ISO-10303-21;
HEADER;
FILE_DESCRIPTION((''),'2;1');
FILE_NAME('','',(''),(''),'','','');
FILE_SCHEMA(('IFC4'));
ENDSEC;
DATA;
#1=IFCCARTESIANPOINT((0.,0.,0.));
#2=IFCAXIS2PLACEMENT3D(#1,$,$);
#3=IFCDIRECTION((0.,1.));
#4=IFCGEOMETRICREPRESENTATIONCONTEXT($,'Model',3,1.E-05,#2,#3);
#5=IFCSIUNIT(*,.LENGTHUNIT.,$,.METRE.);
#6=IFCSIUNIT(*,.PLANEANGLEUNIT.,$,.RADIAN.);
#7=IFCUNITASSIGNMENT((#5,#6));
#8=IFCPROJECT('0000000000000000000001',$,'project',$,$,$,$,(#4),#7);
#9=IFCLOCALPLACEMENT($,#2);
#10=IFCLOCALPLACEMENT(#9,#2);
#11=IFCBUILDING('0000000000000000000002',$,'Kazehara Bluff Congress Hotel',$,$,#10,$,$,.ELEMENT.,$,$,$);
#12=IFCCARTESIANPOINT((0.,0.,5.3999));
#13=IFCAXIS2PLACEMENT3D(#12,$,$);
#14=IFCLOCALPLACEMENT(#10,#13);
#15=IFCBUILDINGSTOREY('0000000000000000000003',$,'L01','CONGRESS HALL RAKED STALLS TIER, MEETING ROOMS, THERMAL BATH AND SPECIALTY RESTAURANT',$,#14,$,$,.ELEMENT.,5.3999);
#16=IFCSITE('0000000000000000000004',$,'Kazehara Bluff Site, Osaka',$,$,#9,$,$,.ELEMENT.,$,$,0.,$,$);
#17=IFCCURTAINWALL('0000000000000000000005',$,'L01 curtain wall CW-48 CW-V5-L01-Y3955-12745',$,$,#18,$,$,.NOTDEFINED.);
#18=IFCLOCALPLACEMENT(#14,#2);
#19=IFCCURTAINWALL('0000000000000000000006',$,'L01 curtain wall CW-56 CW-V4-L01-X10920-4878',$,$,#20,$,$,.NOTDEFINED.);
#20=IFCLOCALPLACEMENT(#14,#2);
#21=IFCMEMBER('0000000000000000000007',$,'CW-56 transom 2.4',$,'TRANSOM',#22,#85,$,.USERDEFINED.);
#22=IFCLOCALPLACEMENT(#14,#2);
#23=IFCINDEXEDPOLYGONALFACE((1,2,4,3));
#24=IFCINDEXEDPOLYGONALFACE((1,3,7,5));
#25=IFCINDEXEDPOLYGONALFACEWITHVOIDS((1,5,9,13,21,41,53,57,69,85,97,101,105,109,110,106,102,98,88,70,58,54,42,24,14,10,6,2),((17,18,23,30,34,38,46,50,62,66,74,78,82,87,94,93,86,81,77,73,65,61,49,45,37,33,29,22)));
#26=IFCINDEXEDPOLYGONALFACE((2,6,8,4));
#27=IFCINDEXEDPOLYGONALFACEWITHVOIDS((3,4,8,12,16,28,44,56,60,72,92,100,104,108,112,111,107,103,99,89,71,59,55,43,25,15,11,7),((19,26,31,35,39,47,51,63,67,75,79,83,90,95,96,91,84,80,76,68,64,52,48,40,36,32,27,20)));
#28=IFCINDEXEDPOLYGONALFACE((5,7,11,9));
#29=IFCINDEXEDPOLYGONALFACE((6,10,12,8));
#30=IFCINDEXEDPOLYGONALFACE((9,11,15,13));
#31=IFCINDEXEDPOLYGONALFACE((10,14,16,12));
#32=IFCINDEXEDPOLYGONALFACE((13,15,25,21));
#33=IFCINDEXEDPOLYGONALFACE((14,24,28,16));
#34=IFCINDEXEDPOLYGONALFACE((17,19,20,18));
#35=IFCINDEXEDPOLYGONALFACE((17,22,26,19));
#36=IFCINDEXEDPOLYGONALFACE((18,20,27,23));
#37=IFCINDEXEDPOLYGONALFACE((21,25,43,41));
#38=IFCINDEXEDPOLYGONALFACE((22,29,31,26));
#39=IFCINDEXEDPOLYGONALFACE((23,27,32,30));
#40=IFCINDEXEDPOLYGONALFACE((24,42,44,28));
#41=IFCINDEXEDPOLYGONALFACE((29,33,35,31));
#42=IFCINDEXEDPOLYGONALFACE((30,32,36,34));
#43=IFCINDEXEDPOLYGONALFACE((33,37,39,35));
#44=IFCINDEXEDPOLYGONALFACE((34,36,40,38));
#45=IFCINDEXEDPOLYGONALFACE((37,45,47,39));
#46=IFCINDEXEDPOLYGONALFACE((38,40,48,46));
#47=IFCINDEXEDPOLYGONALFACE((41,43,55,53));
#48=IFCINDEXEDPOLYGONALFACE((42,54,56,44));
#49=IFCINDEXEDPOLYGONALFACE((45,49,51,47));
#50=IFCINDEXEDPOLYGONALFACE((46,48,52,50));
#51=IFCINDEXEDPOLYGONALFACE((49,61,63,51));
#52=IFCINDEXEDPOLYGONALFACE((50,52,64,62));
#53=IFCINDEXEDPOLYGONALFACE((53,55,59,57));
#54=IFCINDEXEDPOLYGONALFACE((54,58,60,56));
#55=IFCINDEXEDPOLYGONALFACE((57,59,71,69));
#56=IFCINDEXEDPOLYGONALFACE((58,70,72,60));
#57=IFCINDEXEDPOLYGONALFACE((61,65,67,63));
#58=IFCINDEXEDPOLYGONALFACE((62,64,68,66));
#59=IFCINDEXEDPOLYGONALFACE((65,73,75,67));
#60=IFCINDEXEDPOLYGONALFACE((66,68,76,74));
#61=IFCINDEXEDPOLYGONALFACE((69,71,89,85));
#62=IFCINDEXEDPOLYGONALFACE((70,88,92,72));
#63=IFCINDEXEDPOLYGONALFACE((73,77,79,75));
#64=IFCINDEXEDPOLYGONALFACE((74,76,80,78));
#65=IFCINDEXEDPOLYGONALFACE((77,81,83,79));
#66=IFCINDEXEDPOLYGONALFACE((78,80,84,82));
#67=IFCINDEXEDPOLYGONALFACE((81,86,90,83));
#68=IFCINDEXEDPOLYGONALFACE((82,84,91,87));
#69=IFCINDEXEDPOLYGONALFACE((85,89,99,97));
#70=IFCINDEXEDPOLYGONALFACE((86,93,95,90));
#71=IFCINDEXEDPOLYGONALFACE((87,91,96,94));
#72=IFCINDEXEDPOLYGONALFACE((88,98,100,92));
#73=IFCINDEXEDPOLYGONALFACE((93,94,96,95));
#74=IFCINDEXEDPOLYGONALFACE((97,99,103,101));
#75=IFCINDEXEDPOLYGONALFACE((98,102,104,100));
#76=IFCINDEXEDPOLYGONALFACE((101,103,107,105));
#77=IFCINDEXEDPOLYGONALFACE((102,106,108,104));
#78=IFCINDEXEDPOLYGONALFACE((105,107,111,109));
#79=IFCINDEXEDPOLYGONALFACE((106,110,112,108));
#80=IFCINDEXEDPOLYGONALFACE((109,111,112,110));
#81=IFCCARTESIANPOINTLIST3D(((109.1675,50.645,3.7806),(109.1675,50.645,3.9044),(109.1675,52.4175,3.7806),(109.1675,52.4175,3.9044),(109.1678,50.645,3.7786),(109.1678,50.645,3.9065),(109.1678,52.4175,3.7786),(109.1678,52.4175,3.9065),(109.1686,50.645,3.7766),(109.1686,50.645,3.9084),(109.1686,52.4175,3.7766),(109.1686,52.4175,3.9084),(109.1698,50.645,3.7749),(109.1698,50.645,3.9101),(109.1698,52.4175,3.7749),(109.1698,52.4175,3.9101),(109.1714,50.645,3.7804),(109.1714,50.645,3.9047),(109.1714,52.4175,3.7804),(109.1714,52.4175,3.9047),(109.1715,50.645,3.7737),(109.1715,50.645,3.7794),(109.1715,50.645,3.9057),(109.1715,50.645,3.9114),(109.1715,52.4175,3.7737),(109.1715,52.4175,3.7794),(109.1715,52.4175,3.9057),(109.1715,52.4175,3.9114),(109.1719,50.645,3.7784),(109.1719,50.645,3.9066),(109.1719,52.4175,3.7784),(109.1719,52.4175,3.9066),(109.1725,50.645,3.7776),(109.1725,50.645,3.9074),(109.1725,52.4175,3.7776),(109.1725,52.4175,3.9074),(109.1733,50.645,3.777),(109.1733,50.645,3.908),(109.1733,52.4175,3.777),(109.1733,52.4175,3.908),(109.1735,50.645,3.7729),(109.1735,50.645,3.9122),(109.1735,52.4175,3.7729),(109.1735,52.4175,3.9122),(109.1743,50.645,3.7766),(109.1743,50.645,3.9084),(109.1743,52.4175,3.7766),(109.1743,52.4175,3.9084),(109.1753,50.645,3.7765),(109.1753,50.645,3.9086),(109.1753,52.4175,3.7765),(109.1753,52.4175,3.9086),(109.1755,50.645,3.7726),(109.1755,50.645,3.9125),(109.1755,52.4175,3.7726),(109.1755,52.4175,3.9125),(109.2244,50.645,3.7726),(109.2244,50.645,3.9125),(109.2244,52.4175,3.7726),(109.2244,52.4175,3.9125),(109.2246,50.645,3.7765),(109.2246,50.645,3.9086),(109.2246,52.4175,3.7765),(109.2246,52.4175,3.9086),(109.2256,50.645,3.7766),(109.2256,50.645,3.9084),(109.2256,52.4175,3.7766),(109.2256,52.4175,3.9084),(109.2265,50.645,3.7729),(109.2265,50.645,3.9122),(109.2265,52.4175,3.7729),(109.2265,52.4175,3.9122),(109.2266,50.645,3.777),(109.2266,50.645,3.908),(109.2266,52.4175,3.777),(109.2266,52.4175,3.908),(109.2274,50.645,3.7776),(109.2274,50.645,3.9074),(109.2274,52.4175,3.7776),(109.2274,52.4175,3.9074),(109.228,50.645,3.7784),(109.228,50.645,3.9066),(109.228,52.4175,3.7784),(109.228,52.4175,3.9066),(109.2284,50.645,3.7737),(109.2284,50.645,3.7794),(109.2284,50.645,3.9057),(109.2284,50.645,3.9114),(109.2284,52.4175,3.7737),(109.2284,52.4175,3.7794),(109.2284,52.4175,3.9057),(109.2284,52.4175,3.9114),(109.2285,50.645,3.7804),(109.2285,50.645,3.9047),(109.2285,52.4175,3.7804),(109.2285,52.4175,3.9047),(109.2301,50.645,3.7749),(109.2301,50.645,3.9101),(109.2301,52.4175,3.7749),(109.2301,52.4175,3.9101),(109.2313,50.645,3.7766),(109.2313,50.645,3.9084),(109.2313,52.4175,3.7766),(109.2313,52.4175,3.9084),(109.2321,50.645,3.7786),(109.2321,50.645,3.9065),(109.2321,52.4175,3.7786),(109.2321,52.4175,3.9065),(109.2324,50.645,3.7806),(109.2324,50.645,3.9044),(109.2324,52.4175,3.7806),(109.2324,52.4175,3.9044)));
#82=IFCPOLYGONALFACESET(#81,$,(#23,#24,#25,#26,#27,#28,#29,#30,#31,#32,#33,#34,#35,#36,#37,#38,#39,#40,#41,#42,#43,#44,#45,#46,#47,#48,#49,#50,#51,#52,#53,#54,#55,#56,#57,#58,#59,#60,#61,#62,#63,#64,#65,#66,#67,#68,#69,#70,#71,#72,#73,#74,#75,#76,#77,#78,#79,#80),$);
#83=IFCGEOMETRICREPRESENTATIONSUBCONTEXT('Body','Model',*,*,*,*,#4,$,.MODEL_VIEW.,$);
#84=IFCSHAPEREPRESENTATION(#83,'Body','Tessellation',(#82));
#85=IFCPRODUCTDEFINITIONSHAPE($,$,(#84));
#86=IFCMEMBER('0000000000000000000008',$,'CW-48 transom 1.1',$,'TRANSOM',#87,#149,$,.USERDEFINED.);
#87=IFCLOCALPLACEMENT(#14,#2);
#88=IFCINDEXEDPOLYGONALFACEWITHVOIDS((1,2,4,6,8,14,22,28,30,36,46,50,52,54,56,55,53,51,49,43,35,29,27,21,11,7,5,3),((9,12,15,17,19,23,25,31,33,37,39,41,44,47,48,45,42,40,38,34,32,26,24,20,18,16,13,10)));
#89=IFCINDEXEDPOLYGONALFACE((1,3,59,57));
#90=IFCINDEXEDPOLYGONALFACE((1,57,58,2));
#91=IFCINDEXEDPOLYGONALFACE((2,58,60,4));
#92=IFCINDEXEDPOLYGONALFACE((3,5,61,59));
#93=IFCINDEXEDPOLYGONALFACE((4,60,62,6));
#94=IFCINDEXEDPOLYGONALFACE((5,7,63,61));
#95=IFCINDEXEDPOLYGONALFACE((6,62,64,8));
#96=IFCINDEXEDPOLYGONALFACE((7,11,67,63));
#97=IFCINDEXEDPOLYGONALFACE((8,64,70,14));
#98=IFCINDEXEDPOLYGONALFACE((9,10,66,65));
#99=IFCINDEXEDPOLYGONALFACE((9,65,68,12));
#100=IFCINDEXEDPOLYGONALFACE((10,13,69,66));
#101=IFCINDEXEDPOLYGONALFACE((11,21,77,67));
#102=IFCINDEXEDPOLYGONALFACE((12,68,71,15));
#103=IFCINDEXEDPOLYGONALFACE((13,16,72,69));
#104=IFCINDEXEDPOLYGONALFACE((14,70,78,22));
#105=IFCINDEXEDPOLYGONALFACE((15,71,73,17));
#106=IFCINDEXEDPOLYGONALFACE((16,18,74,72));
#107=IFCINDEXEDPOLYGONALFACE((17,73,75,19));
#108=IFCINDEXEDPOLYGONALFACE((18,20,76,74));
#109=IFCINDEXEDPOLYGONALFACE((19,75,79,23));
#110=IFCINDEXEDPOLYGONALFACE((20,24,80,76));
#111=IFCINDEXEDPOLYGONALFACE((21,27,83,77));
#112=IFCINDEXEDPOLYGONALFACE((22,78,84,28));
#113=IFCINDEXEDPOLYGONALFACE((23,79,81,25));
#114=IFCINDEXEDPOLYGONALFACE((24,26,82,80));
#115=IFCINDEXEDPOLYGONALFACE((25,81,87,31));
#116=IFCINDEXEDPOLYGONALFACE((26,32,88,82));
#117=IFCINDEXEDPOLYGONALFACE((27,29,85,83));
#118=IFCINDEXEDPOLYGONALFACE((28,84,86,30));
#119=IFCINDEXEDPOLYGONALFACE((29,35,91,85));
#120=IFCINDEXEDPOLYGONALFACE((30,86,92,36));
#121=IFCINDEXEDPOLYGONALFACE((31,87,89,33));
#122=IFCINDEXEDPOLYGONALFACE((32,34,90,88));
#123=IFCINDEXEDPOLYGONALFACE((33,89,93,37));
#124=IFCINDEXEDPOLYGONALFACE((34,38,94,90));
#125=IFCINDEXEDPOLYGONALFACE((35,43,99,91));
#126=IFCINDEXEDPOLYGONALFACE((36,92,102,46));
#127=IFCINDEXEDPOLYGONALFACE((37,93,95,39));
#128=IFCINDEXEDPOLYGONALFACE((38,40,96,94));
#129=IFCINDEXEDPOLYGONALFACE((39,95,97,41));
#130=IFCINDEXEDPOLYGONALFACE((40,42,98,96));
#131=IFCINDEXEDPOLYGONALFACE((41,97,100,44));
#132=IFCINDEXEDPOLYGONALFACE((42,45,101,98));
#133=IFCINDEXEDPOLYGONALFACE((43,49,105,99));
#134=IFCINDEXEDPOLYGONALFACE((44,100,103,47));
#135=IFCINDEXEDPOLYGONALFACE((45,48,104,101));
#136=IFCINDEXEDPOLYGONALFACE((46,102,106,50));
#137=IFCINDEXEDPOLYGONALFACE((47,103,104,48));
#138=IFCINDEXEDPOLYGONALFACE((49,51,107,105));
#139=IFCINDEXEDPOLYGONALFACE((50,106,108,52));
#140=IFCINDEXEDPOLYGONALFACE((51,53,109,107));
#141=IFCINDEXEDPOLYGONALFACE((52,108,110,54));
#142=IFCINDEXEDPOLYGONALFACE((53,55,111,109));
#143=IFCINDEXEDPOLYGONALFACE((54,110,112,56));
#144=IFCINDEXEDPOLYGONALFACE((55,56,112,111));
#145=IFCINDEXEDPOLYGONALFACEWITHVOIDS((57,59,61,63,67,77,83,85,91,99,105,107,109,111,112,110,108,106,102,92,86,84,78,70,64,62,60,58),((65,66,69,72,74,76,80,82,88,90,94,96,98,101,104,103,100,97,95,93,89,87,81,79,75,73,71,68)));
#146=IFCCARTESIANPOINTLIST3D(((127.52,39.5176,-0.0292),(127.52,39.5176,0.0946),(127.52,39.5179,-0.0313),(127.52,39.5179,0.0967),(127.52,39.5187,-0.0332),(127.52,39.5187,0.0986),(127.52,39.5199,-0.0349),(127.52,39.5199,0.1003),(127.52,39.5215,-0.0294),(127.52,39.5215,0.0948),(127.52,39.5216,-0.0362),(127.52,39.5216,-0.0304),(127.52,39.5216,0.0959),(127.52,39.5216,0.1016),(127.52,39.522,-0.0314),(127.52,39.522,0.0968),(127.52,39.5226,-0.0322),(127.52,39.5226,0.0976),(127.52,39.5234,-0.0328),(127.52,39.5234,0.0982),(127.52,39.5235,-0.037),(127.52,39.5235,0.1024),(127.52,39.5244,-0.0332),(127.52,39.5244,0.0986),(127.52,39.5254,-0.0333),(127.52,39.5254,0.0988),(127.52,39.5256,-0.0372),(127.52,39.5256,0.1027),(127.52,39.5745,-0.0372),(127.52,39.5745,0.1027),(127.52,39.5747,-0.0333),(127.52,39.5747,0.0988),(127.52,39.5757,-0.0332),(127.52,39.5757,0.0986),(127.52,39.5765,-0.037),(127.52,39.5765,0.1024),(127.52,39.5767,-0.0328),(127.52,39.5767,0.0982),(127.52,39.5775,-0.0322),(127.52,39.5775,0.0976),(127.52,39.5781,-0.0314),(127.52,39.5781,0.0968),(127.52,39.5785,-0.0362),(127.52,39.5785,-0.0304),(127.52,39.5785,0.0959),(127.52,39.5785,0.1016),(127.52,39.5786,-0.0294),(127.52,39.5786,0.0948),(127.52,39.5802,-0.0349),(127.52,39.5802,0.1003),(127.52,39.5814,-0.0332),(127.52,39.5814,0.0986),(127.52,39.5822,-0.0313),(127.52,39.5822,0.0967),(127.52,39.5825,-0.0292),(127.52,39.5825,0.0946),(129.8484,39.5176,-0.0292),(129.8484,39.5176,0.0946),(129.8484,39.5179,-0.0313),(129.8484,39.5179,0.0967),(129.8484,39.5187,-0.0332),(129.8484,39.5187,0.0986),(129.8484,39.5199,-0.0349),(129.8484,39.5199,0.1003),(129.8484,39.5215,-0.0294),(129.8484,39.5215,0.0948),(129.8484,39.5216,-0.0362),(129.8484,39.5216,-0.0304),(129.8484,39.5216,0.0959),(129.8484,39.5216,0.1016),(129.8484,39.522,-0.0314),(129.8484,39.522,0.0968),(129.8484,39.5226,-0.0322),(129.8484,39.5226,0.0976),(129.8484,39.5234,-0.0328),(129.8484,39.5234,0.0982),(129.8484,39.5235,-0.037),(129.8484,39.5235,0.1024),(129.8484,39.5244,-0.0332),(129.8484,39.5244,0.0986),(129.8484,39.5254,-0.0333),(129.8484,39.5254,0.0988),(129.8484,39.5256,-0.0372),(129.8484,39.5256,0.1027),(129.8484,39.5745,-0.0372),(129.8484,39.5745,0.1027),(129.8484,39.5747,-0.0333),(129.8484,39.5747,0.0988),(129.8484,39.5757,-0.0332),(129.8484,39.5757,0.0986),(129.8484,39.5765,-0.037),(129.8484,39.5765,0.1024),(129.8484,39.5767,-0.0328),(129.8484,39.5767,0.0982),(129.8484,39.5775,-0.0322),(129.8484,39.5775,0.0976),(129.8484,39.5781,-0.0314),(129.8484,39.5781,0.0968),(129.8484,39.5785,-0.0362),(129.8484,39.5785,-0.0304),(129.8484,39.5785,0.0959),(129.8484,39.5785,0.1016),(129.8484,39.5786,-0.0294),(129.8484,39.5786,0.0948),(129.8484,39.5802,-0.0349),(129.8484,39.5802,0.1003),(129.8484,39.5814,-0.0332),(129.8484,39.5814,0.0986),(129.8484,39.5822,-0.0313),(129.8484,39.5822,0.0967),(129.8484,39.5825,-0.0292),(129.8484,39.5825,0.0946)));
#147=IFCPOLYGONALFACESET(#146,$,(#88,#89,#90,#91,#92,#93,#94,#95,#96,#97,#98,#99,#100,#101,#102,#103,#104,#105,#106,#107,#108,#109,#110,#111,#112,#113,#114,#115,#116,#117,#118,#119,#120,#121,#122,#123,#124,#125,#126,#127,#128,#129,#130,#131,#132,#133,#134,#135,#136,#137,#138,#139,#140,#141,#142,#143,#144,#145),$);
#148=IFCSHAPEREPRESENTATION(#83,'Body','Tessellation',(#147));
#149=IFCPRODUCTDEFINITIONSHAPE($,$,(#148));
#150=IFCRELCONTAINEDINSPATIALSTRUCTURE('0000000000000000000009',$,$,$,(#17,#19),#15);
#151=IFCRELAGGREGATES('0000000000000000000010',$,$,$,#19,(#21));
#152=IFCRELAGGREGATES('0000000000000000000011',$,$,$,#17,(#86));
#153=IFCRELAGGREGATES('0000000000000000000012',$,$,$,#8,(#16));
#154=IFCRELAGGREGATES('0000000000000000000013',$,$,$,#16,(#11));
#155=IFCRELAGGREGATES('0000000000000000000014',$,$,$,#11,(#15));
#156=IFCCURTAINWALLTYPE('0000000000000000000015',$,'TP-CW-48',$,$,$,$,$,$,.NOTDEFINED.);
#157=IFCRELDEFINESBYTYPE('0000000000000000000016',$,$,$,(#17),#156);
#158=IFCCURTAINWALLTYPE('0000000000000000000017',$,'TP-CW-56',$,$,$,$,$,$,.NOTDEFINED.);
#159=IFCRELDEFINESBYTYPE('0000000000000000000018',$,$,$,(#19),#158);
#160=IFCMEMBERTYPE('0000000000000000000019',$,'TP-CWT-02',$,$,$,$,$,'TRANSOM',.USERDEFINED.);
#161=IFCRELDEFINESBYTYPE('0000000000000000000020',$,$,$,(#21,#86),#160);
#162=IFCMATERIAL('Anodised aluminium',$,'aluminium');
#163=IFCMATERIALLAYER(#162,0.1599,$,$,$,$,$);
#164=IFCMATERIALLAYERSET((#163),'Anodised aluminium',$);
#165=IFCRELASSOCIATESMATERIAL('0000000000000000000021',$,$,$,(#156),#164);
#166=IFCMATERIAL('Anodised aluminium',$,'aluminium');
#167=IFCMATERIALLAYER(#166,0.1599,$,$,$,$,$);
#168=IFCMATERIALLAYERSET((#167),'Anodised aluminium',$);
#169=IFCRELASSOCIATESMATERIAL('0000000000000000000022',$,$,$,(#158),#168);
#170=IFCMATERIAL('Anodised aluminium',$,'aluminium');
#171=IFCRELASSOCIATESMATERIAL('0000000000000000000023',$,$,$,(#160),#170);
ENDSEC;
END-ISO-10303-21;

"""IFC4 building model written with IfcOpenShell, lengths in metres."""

from ifc_helpers import new_model, si_unit, direction, frame, origin, origin_2d, place, context, subcontext, project, spatial, hollow_rectangle, extrude, material, layer, layer_set, material_profile, profile_set, type_object, element, aggregate, save


model = new_model("IFC4")

# Units and contexts
model_context = context("Model", 3, precision=1e-05, world=origin(), true_north=direction((0.0, 1.0)))
body_context = subcontext(model_context, "Body", "Model", "MODEL_VIEW")
ifc_project = project(units=[si_unit("LENGTHUNIT", "METRE"), si_unit("PLANEANGLEUNIT", "RADIAN")], contexts=[model_context])

# Site, building, storey
site_placement = place(None, origin())
site = spatial("IfcSite", under=ifc_project, at=site_placement, Name="Kazehara Bluff Site, Osaka", CompositionType="ELEMENT", RefElevation=0.0)
building_placement = place(site_placement, origin())
building = spatial("IfcBuilding", under=site, at=building_placement, Name="Kazehara Bluff Congress Hotel", CompositionType="ELEMENT")
storey_placement = place(building_placement, frame((0.0, 0.0, 5.3999)))
storey = spatial("IfcBuildingStorey", under=building, at=storey_placement, Name="L01", Description="CONGRESS HALL RAKED STALLS TIER, MEETING ROOMS, THERMAL BATH AND SPECIALTY RESTAURANT", CompositionType="ELEMENT", Elevation=5.3999)

# Shared definitions
ifc_material_1 = material(Name="Anodised aluminium", Category="aluminium")
ifc_layer_1 = layer(ifc_material_1, 0.1599)
ifc_layer_set_1 = layer_set([ifc_layer_1], Name="Anodised aluminium")
curtain_wall_type_1 = type_object("IfcCurtainWallType", Name="TP-CW-48", PredefinedType="NOTDEFINED", material=ifc_layer_set_1)

# Curtain walls, member
curtain_wall_1_placement = place(storey_placement, origin())
curtain_wall_1 = element("IfcCurtainWall", 1, at=curtain_wall_1_placement, inside=storey, type_object=curtain_wall_type_1, Name="L01 curtain wall CW-48 CW-V5-L01-Y3955-12745", PredefinedType="NOTDEFINED")
ifc_material_2 = material(Name="Anodised aluminium", Category="aluminium")
ifc_layer_2 = layer(ifc_material_2, 0.1599)
ifc_layer_set_2 = layer_set([ifc_layer_2], Name="Anodised aluminium")
curtain_wall_type_2 = type_object("IfcCurtainWallType", Name="TP-CW-56", PredefinedType="NOTDEFINED", material=ifc_layer_set_2)
curtain_wall_2_placement = place(storey_placement, origin())
curtain_wall_2 = element("IfcCurtainWall", 2, at=curtain_wall_2_placement, inside=storey, type_object=curtain_wall_type_2, Name="L01 curtain wall CW-56 CW-V4-L01-X10920-4878", PredefinedType="NOTDEFINED")
ifc_material_3 = material(Name="Anodised aluminium", Category="aluminium")
ifc_material_profile_1 = material_profile(ifc_material_3, hollow_rectangle(XDim=0.0649, YDim=0.1399, WallThickness=0.0039, InnerFilletRadius=0.0039, OuterFilletRadius=0.0081, at=origin_2d()))
ifc_profile_set_1 = profile_set([ifc_material_profile_1], Name="Anodised aluminium")
member_type_1 = type_object("IfcMemberType", Name="TP-CWT-02", ElementType="TRANSOM", PredefinedType="USERDEFINED", material=ifc_profile_set_1)
member_1_placement = place(storey_placement, frame((109.2, 50.645, 3.8425), z_axis=(0.0, 1.0, 0.0), x_axis=(-1.0, 0.0, 0.0)))
member_1 = element("IfcMember", 3, at=member_1_placement, type_object=member_type_1, Name="CW-56 transom 2.4", ObjectType="TRANSOM", PredefinedType="USERDEFINED", context=body_context, shape_type="SweptSolid", body=[
    extrude(hollow_rectangle(XDim=0.0649, YDim=0.1399, WallThickness=0.0039, InnerFilletRadius=0.0039, OuterFilletRadius=0.0081, at=origin_2d()), origin(), (0.0, 0.0, 1.0), 1.7725),
])

# Member
member_2_placement = place(storey_placement, frame((127.52, 39.55, 0.0327), z_axis=(1.0, 0.0, 0.0), x_axis=(0.0, 1.0, 0.0)))
member_2 = element("IfcMember", 4, at=member_2_placement, type_object=member_type_1, Name="CW-48 transom 1.1", ObjectType="TRANSOM", PredefinedType="USERDEFINED", context=body_context, shape_type="SweptSolid", body=[
    extrude(hollow_rectangle(XDim=0.0649, YDim=0.1399, WallThickness=0.0039, InnerFilletRadius=0.0039, OuterFilletRadius=0.0081, at=origin_2d()), origin(), (0.0, 0.0, 1.0), 2.3284),
])

aggregate(curtain_wall_2, [member_1])
aggregate(curtain_wall_1, [member_2])

save(model, "model.ifc")
